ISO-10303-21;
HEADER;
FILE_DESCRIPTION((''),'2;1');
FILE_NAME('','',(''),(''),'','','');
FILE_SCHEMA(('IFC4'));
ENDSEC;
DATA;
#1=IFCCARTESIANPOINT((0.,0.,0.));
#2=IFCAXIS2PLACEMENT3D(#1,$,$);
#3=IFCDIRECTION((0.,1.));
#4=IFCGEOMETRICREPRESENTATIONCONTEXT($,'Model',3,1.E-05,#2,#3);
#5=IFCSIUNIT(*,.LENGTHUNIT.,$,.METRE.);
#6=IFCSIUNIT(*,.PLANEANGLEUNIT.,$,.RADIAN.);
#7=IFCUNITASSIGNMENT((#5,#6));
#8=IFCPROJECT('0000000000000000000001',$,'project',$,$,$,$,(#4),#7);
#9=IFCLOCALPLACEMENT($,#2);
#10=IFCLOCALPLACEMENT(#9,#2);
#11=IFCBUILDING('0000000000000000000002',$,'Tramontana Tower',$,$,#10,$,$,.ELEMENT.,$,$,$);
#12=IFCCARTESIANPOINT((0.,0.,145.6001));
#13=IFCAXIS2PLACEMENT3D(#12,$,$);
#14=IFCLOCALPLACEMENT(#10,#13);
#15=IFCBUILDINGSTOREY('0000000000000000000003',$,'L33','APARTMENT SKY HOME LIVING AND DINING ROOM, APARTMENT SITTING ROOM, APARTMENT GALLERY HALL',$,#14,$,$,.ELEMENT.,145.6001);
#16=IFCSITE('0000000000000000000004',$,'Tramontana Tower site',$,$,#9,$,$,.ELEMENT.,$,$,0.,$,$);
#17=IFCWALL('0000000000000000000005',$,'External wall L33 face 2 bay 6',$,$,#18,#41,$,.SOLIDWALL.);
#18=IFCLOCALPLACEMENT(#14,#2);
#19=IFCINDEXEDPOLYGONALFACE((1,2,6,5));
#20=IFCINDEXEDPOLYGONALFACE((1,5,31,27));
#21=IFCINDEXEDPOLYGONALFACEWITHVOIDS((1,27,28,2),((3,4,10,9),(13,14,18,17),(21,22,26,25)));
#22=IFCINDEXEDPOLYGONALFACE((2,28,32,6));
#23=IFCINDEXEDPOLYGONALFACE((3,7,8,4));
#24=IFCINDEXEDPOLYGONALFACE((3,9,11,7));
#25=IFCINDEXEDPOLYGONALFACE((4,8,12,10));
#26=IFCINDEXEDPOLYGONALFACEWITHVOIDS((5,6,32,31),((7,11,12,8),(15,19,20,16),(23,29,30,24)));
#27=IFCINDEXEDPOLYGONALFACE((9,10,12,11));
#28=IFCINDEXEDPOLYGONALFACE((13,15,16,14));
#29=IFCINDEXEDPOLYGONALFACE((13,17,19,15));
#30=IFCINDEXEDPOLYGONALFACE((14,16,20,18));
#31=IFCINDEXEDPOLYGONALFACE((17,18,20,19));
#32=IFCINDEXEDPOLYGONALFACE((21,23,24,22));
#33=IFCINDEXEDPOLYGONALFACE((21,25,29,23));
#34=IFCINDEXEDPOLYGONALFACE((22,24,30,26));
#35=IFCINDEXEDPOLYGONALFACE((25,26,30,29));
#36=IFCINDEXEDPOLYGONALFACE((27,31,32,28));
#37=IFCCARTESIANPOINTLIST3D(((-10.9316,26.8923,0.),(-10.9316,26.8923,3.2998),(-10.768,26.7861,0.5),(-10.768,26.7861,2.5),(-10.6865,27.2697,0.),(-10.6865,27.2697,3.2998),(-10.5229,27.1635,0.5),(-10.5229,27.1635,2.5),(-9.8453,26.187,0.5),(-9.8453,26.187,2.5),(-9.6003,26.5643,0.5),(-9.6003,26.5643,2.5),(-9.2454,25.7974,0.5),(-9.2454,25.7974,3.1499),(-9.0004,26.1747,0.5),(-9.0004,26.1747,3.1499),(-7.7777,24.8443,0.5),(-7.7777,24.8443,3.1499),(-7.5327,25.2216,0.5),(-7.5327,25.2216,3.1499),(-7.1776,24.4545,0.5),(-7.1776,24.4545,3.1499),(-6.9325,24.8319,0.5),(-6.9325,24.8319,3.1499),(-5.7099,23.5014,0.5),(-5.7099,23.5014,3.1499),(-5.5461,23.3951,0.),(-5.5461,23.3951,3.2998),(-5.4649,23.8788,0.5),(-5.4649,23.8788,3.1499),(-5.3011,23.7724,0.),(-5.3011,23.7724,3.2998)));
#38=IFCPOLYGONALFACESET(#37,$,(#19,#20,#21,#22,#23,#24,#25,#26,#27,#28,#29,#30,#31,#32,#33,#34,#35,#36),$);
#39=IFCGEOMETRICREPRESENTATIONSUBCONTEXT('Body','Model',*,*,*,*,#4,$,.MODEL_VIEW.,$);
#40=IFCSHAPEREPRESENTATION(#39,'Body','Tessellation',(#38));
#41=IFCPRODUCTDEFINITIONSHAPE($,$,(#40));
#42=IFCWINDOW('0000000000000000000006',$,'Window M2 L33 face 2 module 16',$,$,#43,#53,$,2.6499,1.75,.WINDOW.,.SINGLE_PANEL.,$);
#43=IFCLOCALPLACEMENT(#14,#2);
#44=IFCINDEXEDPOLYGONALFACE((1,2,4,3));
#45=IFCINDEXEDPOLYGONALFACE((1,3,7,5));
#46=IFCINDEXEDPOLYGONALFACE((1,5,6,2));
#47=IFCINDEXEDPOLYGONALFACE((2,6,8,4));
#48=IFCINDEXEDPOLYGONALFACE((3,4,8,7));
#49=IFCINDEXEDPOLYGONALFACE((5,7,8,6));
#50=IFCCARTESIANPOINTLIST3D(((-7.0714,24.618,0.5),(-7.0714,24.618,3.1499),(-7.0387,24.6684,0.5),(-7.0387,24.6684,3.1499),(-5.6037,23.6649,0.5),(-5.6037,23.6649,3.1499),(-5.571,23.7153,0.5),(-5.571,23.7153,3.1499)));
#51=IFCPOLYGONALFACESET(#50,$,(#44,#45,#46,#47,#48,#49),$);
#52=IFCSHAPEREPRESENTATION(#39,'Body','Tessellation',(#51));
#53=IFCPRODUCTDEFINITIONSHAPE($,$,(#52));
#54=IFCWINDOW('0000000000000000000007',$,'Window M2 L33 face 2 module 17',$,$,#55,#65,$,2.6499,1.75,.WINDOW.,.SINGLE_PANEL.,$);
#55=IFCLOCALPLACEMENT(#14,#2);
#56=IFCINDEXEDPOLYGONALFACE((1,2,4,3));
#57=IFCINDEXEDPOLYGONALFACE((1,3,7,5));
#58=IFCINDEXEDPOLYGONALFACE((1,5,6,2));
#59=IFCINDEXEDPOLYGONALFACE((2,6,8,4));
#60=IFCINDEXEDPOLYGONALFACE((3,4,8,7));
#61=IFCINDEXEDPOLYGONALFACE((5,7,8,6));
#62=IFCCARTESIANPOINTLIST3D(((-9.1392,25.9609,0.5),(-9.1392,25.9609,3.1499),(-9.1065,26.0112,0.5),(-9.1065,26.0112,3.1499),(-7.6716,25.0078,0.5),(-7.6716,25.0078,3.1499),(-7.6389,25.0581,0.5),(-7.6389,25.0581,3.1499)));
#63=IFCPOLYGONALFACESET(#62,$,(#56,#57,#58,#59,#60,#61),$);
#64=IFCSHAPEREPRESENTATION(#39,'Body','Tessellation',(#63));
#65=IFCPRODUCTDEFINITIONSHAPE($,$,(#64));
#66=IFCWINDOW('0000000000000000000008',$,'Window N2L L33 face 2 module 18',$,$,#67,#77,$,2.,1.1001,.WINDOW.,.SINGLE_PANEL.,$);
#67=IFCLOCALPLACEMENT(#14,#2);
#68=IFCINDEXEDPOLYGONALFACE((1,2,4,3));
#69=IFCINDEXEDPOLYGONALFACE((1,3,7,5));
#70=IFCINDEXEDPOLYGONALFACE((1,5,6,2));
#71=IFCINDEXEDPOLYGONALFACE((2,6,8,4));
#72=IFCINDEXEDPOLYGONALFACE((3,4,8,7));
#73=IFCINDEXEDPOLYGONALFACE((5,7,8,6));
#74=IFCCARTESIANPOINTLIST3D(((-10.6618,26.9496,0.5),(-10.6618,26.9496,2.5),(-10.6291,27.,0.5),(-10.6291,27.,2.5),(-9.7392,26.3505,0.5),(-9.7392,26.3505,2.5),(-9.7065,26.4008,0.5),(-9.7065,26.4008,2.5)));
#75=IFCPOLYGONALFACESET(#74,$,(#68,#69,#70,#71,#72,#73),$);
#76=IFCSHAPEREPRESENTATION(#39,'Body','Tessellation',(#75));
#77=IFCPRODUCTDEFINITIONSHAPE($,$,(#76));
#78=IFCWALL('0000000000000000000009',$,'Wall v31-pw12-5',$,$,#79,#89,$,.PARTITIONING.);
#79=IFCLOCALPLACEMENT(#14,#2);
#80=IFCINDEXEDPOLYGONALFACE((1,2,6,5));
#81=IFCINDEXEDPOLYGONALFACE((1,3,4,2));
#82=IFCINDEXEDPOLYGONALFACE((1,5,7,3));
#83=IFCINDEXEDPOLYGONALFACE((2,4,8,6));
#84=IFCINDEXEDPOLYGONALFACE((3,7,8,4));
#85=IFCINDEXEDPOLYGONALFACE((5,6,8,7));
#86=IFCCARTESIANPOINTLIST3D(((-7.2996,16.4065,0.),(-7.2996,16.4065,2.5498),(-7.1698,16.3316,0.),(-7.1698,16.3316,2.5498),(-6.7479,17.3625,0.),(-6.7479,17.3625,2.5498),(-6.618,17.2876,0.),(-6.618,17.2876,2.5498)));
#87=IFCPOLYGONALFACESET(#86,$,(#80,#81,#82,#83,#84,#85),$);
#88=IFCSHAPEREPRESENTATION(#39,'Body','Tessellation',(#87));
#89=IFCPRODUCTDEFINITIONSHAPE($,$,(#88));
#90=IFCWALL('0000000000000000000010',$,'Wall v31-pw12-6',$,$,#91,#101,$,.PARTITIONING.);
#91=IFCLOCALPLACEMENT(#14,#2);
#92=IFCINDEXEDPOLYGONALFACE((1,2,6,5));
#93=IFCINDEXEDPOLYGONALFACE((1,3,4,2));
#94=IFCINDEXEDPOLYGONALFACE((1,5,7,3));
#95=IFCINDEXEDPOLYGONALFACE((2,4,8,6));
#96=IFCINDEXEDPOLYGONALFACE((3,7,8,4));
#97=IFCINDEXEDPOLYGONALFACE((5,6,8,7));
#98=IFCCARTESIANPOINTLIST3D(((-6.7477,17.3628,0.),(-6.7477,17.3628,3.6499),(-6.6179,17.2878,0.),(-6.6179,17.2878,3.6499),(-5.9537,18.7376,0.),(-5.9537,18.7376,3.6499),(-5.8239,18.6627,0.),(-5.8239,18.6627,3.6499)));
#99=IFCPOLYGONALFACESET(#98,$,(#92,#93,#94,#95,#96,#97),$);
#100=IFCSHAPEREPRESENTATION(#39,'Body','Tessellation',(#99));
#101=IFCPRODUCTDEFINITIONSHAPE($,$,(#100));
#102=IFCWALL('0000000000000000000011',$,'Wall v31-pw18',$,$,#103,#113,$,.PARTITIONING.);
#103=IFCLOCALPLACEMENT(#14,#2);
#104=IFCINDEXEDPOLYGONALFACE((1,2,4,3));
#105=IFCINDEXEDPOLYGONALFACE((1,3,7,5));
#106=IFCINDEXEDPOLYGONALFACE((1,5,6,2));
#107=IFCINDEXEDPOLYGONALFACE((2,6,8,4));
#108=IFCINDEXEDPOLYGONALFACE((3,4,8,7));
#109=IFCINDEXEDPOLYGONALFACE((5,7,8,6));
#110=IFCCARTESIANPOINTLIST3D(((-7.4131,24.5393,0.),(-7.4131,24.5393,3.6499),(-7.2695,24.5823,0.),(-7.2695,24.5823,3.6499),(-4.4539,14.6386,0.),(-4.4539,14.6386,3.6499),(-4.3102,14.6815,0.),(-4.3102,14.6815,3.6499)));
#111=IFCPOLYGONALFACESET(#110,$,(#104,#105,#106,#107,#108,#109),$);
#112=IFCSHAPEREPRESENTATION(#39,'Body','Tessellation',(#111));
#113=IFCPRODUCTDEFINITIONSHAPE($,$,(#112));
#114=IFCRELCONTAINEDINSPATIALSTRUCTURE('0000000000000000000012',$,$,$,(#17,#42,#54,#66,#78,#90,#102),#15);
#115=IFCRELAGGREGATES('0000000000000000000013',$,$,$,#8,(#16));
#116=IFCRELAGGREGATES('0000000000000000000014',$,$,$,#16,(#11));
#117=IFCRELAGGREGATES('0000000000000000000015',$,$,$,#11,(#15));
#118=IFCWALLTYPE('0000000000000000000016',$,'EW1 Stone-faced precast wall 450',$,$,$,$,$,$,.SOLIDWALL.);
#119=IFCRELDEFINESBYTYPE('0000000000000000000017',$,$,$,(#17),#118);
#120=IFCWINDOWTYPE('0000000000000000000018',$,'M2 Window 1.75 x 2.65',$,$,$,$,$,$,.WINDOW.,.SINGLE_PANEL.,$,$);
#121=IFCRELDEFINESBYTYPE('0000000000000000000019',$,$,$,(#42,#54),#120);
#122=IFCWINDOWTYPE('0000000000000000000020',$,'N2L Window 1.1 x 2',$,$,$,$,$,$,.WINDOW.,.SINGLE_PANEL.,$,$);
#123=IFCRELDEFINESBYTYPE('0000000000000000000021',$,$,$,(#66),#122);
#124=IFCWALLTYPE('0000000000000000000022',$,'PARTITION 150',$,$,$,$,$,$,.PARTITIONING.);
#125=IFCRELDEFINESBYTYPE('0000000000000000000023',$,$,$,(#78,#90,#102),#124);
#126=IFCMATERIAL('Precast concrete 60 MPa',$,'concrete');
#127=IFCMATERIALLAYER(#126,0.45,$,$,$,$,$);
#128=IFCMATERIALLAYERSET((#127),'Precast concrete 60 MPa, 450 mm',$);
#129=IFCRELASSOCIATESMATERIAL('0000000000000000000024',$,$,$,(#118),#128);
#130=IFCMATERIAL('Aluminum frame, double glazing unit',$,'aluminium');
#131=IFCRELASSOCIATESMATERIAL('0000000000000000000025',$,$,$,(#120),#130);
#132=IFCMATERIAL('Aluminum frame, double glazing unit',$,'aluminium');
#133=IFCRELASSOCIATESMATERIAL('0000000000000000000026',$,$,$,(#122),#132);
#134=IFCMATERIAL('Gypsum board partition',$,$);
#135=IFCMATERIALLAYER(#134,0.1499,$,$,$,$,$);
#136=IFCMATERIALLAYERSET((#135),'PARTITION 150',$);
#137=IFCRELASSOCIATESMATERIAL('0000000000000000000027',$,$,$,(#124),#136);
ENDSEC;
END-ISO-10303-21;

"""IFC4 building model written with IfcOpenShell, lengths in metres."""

from ifc_helpers import new_model, si_unit, direction, frame, frame_2d, origin, place, context, subcontext, project, spatial, rectangle, extrude, material, layer, layer_set, type_object, element, fill, save


model = new_model("IFC4")

# Units and contexts
model_context = context("Model", 3, precision=1e-05, world=origin(), true_north=direction((0.0, 1.0)))
body_context = subcontext(model_context, "Body", "Model", "MODEL_VIEW")
ifc_project = project(units=[si_unit("LENGTHUNIT", "METRE"), si_unit("PLANEANGLEUNIT", "RADIAN")], contexts=[model_context])

# Site, building, storey
site_placement = place(None, origin())
site = spatial("IfcSite", under=ifc_project, at=site_placement, Name="Tramontana Tower site", CompositionType="ELEMENT", RefElevation=0.0)
building_placement = place(site_placement, origin())
building = spatial("IfcBuilding", under=site, at=building_placement, Name="Tramontana Tower", CompositionType="ELEMENT")
storey_placement = place(building_placement, frame((0.0, 0.0, 145.6001)))
storey = spatial("IfcBuildingStorey", under=building, at=storey_placement, Name="L33", Description="APARTMENT SKY HOME LIVING AND DINING ROOM, APARTMENT SITTING ROOM, APARTMENT GALLERY HALL", CompositionType="ELEMENT", Elevation=145.6001)

# Wall, openings, windows
ifc_material_1 = material(Name="Precast concrete 60 MPa", Category="concrete")
ifc_layer_1 = layer(ifc_material_1, 0.45)
ifc_layer_set_1 = layer_set([ifc_layer_1], Name="Precast concrete 60 MPa, 450 mm")
wall_type_1 = type_object("IfcWallType", Name="EW1 Stone-faced precast wall 450", PredefinedType="SOLIDWALL", material=ifc_layer_set_1)
ifc_material_2 = material(Name="Aluminum frame, double glazing unit", Category="aluminium")
window_type_1 = type_object("IfcWindowType", Name="M2 Window 1.75 x 2.65", PartitioningType="SINGLE_PANEL", PredefinedType="WINDOW", material=ifc_material_2)
wall_1_placement = place(storey_placement, frame((-5.4236, 23.5837, 0.0), z_axis=(0.0, 0.0, 1.0), x_axis=(-0.838675, 0.544631, 0.0)))
wall_1 = element("IfcWall", 1, at=wall_1_placement, inside=storey, type_object=wall_type_1, Name="External wall L33 face 2 bay 6", PredefinedType="SOLIDWALL", context=body_context, shape_type="SweptSolid", body=[
    extrude(rectangle(XDim=6.4214, YDim=0.45, at=frame_2d((3.2107, 0.0))), origin(), (0.0, 0.0, 1.0), 3.2998),
])
opening_1_placement = place(wall_1_placement, frame((0.1953, 0.0, 0.5)))
opening_1 = element("IfcOpeningElement", 2, at=opening_1_placement, cuts=wall_1, PredefinedType="OPENING", context=body_context, shape_type="SweptSolid", body=[
    extrude(rectangle(XDim=1.75, YDim=2.6499, at=frame_2d((0.875, 1.325))), frame((0.0, 0.2349, 0.0), z_axis=(0.0, -1.0, 0.0), x_axis=(1.0, 0.0, 0.0)), (0.0, 0.0, 1.0), 0.47),
])
opening_2_placement = place(wall_1_placement, frame((2.6609, 0.0, 0.5)))
opening_2 = element("IfcOpeningElement", 3, at=opening_2_placement, cuts=wall_1, PredefinedType="OPENING", context=body_context, shape_type="SweptSolid", body=[
    extrude(rectangle(XDim=1.75, YDim=2.6499, at=frame_2d((0.875, 1.325))), frame((0.0, 0.2349, 0.0), z_axis=(0.0, -1.0, 0.0), x_axis=(1.0, 0.0, 0.0)), (0.0, 0.0, 1.0), 0.47),
])
opening_3_placement = place(wall_1_placement, frame((5.1262, 0.0, 0.5)))
opening_3 = element("IfcOpeningElement", 4, at=opening_3_placement, cuts=wall_1, PredefinedType="OPENING", context=body_context, shape_type="SweptSolid", body=[
    extrude(rectangle(XDim=1.1001, YDim=2.0, at=frame_2d((0.55, 1.0))), frame((0.0, 0.2349, 0.0), z_axis=(0.0, -1.0, 0.0), x_axis=(1.0, 0.0, 0.0)), (0.0, 0.0, 1.0), 0.47),
])
window_1_placement = place(opening_1_placement, origin())
window_1 = element("IfcWindow", 5, at=window_1_placement, inside=storey, type_object=window_type_1, Name="Window M2 L33 face 2 module 16", OverallHeight=2.6499, OverallWidth=1.75, PartitioningType="SINGLE_PANEL", PredefinedType="WINDOW", context=body_context, shape_type="SweptSolid", body=[
    extrude(rectangle(XDim=1.75, YDim=2.6499, at=frame_2d((0.875, 1.325))), frame((0.0, 0.03, 0.0), z_axis=(0.0, -1.0, 0.0), x_axis=(1.0, 0.0, 0.0)), (0.0, 0.0, 1.0), 0.0601),
])
fill(opening_1, window_1)
window_2_placement = place(opening_2_placement, origin())
window_2 = element("IfcWindow", 6, at=window_2_placement, inside=storey, type_object=window_type_1, Name="Window M2 L33 face 2 module 17", OverallHeight=2.6499, OverallWidth=1.75, PartitioningType="SINGLE_PANEL", PredefinedType="WINDOW", context=body_context, shape_type="SweptSolid", body=[
    extrude(rectangle(XDim=1.75, YDim=2.6499, at=frame_2d((0.875, 1.325))), frame((0.0, 0.03, 0.0), z_axis=(0.0, -1.0, 0.0), x_axis=(1.0, 0.0, 0.0)), (0.0, 0.0, 1.0), 0.0601),
])
fill(opening_2, window_2)
ifc_material_3 = material(Name="Aluminum frame, double glazing unit", Category="aluminium")
window_type_2 = type_object("IfcWindowType", Name="N2L Window 1.1 x 2", PartitioningType="SINGLE_PANEL", PredefinedType="WINDOW", material=ifc_material_3)
window_3_placement = place(opening_3_placement, origin())
window_3 = element("IfcWindow", 7, at=window_3_placement, inside=storey, type_object=window_type_2, Name="Window N2L L33 face 2 module 18", OverallHeight=2.0, OverallWidth=1.1001, PartitioningType="SINGLE_PANEL", PredefinedType="WINDOW", context=body_context, shape_type="SweptSolid", body=[
    extrude(rectangle(XDim=1.1001, YDim=2.0, at=frame_2d((0.55, 1.0))), frame((0.0, 0.03, 0.0), z_axis=(0.0, -1.0, 0.0), x_axis=(1.0, 0.0, 0.0)), (0.0, 0.0, 1.0), 0.0601),
])
fill(opening_3, window_3)

# Walls
ifc_material_4 = material(Name="Gypsum board partition")
ifc_layer_2 = layer(ifc_material_4, 0.1499)
ifc_layer_set_2 = layer_set([ifc_layer_2], Name="PARTITION 150")
wall_type_2 = type_object("IfcWallType", Name="PARTITION 150", PredefinedType="PARTITIONING", material=ifc_layer_set_2)
wall_2_placement = place(storey_placement, frame((-7.2346, 16.3691, 0.0), z_axis=(0.0, 0.0, 1.0), x_axis=(0.49985, 0.866112, 0.0)))
element("IfcWall", 8, at=wall_2_placement, inside=storey, type_object=wall_type_2, Name="Wall v31-pw12-5", PredefinedType="PARTITIONING", context=body_context, shape_type="SweptSolid", body=[
    extrude(rectangle(XDim=1.1038, YDim=0.1499, at=frame_2d((0.5518, 0.0))), origin(), (0.0, 0.0, 1.0), 2.5498),
])
wall_3_placement = place(storey_placement, frame((-6.6829, 17.3252, 0.0), z_axis=(0.0, 0.0, 1.0), x_axis=(0.500108, 0.865963, 0.0)))
element("IfcWall", 9, at=wall_3_placement, inside=storey, type_object=wall_type_2, Name="Wall v31-pw12-6", PredefinedType="PARTITIONING", context=body_context, shape_type="SweptSolid", body=[
    extrude(rectangle(XDim=1.5876, YDim=0.1499, at=frame_2d((0.7939, 0.0))), origin(), (0.0, 0.0, 1.0), 3.6499),
])
wall_4_placement = place(storey_placement, frame((-7.3413, 24.5608, 0.0), z_axis=(0.0, 0.0, 1.0), x_axis=(0.286375, -0.958118, 0.0)))
element("IfcWall", 10, at=wall_4_placement, inside=storey, type_object=wall_type_2, Name="Wall v31-pw18", PredefinedType="PARTITIONING", context=body_context, shape_type="SweptSolid", body=[
    extrude(rectangle(XDim=10.3335, YDim=0.1499, at=frame_2d((5.1667, 0.0))), origin(), (0.0, 0.0, 1.0), 3.6499),
])

save(model, "model.ifc")
